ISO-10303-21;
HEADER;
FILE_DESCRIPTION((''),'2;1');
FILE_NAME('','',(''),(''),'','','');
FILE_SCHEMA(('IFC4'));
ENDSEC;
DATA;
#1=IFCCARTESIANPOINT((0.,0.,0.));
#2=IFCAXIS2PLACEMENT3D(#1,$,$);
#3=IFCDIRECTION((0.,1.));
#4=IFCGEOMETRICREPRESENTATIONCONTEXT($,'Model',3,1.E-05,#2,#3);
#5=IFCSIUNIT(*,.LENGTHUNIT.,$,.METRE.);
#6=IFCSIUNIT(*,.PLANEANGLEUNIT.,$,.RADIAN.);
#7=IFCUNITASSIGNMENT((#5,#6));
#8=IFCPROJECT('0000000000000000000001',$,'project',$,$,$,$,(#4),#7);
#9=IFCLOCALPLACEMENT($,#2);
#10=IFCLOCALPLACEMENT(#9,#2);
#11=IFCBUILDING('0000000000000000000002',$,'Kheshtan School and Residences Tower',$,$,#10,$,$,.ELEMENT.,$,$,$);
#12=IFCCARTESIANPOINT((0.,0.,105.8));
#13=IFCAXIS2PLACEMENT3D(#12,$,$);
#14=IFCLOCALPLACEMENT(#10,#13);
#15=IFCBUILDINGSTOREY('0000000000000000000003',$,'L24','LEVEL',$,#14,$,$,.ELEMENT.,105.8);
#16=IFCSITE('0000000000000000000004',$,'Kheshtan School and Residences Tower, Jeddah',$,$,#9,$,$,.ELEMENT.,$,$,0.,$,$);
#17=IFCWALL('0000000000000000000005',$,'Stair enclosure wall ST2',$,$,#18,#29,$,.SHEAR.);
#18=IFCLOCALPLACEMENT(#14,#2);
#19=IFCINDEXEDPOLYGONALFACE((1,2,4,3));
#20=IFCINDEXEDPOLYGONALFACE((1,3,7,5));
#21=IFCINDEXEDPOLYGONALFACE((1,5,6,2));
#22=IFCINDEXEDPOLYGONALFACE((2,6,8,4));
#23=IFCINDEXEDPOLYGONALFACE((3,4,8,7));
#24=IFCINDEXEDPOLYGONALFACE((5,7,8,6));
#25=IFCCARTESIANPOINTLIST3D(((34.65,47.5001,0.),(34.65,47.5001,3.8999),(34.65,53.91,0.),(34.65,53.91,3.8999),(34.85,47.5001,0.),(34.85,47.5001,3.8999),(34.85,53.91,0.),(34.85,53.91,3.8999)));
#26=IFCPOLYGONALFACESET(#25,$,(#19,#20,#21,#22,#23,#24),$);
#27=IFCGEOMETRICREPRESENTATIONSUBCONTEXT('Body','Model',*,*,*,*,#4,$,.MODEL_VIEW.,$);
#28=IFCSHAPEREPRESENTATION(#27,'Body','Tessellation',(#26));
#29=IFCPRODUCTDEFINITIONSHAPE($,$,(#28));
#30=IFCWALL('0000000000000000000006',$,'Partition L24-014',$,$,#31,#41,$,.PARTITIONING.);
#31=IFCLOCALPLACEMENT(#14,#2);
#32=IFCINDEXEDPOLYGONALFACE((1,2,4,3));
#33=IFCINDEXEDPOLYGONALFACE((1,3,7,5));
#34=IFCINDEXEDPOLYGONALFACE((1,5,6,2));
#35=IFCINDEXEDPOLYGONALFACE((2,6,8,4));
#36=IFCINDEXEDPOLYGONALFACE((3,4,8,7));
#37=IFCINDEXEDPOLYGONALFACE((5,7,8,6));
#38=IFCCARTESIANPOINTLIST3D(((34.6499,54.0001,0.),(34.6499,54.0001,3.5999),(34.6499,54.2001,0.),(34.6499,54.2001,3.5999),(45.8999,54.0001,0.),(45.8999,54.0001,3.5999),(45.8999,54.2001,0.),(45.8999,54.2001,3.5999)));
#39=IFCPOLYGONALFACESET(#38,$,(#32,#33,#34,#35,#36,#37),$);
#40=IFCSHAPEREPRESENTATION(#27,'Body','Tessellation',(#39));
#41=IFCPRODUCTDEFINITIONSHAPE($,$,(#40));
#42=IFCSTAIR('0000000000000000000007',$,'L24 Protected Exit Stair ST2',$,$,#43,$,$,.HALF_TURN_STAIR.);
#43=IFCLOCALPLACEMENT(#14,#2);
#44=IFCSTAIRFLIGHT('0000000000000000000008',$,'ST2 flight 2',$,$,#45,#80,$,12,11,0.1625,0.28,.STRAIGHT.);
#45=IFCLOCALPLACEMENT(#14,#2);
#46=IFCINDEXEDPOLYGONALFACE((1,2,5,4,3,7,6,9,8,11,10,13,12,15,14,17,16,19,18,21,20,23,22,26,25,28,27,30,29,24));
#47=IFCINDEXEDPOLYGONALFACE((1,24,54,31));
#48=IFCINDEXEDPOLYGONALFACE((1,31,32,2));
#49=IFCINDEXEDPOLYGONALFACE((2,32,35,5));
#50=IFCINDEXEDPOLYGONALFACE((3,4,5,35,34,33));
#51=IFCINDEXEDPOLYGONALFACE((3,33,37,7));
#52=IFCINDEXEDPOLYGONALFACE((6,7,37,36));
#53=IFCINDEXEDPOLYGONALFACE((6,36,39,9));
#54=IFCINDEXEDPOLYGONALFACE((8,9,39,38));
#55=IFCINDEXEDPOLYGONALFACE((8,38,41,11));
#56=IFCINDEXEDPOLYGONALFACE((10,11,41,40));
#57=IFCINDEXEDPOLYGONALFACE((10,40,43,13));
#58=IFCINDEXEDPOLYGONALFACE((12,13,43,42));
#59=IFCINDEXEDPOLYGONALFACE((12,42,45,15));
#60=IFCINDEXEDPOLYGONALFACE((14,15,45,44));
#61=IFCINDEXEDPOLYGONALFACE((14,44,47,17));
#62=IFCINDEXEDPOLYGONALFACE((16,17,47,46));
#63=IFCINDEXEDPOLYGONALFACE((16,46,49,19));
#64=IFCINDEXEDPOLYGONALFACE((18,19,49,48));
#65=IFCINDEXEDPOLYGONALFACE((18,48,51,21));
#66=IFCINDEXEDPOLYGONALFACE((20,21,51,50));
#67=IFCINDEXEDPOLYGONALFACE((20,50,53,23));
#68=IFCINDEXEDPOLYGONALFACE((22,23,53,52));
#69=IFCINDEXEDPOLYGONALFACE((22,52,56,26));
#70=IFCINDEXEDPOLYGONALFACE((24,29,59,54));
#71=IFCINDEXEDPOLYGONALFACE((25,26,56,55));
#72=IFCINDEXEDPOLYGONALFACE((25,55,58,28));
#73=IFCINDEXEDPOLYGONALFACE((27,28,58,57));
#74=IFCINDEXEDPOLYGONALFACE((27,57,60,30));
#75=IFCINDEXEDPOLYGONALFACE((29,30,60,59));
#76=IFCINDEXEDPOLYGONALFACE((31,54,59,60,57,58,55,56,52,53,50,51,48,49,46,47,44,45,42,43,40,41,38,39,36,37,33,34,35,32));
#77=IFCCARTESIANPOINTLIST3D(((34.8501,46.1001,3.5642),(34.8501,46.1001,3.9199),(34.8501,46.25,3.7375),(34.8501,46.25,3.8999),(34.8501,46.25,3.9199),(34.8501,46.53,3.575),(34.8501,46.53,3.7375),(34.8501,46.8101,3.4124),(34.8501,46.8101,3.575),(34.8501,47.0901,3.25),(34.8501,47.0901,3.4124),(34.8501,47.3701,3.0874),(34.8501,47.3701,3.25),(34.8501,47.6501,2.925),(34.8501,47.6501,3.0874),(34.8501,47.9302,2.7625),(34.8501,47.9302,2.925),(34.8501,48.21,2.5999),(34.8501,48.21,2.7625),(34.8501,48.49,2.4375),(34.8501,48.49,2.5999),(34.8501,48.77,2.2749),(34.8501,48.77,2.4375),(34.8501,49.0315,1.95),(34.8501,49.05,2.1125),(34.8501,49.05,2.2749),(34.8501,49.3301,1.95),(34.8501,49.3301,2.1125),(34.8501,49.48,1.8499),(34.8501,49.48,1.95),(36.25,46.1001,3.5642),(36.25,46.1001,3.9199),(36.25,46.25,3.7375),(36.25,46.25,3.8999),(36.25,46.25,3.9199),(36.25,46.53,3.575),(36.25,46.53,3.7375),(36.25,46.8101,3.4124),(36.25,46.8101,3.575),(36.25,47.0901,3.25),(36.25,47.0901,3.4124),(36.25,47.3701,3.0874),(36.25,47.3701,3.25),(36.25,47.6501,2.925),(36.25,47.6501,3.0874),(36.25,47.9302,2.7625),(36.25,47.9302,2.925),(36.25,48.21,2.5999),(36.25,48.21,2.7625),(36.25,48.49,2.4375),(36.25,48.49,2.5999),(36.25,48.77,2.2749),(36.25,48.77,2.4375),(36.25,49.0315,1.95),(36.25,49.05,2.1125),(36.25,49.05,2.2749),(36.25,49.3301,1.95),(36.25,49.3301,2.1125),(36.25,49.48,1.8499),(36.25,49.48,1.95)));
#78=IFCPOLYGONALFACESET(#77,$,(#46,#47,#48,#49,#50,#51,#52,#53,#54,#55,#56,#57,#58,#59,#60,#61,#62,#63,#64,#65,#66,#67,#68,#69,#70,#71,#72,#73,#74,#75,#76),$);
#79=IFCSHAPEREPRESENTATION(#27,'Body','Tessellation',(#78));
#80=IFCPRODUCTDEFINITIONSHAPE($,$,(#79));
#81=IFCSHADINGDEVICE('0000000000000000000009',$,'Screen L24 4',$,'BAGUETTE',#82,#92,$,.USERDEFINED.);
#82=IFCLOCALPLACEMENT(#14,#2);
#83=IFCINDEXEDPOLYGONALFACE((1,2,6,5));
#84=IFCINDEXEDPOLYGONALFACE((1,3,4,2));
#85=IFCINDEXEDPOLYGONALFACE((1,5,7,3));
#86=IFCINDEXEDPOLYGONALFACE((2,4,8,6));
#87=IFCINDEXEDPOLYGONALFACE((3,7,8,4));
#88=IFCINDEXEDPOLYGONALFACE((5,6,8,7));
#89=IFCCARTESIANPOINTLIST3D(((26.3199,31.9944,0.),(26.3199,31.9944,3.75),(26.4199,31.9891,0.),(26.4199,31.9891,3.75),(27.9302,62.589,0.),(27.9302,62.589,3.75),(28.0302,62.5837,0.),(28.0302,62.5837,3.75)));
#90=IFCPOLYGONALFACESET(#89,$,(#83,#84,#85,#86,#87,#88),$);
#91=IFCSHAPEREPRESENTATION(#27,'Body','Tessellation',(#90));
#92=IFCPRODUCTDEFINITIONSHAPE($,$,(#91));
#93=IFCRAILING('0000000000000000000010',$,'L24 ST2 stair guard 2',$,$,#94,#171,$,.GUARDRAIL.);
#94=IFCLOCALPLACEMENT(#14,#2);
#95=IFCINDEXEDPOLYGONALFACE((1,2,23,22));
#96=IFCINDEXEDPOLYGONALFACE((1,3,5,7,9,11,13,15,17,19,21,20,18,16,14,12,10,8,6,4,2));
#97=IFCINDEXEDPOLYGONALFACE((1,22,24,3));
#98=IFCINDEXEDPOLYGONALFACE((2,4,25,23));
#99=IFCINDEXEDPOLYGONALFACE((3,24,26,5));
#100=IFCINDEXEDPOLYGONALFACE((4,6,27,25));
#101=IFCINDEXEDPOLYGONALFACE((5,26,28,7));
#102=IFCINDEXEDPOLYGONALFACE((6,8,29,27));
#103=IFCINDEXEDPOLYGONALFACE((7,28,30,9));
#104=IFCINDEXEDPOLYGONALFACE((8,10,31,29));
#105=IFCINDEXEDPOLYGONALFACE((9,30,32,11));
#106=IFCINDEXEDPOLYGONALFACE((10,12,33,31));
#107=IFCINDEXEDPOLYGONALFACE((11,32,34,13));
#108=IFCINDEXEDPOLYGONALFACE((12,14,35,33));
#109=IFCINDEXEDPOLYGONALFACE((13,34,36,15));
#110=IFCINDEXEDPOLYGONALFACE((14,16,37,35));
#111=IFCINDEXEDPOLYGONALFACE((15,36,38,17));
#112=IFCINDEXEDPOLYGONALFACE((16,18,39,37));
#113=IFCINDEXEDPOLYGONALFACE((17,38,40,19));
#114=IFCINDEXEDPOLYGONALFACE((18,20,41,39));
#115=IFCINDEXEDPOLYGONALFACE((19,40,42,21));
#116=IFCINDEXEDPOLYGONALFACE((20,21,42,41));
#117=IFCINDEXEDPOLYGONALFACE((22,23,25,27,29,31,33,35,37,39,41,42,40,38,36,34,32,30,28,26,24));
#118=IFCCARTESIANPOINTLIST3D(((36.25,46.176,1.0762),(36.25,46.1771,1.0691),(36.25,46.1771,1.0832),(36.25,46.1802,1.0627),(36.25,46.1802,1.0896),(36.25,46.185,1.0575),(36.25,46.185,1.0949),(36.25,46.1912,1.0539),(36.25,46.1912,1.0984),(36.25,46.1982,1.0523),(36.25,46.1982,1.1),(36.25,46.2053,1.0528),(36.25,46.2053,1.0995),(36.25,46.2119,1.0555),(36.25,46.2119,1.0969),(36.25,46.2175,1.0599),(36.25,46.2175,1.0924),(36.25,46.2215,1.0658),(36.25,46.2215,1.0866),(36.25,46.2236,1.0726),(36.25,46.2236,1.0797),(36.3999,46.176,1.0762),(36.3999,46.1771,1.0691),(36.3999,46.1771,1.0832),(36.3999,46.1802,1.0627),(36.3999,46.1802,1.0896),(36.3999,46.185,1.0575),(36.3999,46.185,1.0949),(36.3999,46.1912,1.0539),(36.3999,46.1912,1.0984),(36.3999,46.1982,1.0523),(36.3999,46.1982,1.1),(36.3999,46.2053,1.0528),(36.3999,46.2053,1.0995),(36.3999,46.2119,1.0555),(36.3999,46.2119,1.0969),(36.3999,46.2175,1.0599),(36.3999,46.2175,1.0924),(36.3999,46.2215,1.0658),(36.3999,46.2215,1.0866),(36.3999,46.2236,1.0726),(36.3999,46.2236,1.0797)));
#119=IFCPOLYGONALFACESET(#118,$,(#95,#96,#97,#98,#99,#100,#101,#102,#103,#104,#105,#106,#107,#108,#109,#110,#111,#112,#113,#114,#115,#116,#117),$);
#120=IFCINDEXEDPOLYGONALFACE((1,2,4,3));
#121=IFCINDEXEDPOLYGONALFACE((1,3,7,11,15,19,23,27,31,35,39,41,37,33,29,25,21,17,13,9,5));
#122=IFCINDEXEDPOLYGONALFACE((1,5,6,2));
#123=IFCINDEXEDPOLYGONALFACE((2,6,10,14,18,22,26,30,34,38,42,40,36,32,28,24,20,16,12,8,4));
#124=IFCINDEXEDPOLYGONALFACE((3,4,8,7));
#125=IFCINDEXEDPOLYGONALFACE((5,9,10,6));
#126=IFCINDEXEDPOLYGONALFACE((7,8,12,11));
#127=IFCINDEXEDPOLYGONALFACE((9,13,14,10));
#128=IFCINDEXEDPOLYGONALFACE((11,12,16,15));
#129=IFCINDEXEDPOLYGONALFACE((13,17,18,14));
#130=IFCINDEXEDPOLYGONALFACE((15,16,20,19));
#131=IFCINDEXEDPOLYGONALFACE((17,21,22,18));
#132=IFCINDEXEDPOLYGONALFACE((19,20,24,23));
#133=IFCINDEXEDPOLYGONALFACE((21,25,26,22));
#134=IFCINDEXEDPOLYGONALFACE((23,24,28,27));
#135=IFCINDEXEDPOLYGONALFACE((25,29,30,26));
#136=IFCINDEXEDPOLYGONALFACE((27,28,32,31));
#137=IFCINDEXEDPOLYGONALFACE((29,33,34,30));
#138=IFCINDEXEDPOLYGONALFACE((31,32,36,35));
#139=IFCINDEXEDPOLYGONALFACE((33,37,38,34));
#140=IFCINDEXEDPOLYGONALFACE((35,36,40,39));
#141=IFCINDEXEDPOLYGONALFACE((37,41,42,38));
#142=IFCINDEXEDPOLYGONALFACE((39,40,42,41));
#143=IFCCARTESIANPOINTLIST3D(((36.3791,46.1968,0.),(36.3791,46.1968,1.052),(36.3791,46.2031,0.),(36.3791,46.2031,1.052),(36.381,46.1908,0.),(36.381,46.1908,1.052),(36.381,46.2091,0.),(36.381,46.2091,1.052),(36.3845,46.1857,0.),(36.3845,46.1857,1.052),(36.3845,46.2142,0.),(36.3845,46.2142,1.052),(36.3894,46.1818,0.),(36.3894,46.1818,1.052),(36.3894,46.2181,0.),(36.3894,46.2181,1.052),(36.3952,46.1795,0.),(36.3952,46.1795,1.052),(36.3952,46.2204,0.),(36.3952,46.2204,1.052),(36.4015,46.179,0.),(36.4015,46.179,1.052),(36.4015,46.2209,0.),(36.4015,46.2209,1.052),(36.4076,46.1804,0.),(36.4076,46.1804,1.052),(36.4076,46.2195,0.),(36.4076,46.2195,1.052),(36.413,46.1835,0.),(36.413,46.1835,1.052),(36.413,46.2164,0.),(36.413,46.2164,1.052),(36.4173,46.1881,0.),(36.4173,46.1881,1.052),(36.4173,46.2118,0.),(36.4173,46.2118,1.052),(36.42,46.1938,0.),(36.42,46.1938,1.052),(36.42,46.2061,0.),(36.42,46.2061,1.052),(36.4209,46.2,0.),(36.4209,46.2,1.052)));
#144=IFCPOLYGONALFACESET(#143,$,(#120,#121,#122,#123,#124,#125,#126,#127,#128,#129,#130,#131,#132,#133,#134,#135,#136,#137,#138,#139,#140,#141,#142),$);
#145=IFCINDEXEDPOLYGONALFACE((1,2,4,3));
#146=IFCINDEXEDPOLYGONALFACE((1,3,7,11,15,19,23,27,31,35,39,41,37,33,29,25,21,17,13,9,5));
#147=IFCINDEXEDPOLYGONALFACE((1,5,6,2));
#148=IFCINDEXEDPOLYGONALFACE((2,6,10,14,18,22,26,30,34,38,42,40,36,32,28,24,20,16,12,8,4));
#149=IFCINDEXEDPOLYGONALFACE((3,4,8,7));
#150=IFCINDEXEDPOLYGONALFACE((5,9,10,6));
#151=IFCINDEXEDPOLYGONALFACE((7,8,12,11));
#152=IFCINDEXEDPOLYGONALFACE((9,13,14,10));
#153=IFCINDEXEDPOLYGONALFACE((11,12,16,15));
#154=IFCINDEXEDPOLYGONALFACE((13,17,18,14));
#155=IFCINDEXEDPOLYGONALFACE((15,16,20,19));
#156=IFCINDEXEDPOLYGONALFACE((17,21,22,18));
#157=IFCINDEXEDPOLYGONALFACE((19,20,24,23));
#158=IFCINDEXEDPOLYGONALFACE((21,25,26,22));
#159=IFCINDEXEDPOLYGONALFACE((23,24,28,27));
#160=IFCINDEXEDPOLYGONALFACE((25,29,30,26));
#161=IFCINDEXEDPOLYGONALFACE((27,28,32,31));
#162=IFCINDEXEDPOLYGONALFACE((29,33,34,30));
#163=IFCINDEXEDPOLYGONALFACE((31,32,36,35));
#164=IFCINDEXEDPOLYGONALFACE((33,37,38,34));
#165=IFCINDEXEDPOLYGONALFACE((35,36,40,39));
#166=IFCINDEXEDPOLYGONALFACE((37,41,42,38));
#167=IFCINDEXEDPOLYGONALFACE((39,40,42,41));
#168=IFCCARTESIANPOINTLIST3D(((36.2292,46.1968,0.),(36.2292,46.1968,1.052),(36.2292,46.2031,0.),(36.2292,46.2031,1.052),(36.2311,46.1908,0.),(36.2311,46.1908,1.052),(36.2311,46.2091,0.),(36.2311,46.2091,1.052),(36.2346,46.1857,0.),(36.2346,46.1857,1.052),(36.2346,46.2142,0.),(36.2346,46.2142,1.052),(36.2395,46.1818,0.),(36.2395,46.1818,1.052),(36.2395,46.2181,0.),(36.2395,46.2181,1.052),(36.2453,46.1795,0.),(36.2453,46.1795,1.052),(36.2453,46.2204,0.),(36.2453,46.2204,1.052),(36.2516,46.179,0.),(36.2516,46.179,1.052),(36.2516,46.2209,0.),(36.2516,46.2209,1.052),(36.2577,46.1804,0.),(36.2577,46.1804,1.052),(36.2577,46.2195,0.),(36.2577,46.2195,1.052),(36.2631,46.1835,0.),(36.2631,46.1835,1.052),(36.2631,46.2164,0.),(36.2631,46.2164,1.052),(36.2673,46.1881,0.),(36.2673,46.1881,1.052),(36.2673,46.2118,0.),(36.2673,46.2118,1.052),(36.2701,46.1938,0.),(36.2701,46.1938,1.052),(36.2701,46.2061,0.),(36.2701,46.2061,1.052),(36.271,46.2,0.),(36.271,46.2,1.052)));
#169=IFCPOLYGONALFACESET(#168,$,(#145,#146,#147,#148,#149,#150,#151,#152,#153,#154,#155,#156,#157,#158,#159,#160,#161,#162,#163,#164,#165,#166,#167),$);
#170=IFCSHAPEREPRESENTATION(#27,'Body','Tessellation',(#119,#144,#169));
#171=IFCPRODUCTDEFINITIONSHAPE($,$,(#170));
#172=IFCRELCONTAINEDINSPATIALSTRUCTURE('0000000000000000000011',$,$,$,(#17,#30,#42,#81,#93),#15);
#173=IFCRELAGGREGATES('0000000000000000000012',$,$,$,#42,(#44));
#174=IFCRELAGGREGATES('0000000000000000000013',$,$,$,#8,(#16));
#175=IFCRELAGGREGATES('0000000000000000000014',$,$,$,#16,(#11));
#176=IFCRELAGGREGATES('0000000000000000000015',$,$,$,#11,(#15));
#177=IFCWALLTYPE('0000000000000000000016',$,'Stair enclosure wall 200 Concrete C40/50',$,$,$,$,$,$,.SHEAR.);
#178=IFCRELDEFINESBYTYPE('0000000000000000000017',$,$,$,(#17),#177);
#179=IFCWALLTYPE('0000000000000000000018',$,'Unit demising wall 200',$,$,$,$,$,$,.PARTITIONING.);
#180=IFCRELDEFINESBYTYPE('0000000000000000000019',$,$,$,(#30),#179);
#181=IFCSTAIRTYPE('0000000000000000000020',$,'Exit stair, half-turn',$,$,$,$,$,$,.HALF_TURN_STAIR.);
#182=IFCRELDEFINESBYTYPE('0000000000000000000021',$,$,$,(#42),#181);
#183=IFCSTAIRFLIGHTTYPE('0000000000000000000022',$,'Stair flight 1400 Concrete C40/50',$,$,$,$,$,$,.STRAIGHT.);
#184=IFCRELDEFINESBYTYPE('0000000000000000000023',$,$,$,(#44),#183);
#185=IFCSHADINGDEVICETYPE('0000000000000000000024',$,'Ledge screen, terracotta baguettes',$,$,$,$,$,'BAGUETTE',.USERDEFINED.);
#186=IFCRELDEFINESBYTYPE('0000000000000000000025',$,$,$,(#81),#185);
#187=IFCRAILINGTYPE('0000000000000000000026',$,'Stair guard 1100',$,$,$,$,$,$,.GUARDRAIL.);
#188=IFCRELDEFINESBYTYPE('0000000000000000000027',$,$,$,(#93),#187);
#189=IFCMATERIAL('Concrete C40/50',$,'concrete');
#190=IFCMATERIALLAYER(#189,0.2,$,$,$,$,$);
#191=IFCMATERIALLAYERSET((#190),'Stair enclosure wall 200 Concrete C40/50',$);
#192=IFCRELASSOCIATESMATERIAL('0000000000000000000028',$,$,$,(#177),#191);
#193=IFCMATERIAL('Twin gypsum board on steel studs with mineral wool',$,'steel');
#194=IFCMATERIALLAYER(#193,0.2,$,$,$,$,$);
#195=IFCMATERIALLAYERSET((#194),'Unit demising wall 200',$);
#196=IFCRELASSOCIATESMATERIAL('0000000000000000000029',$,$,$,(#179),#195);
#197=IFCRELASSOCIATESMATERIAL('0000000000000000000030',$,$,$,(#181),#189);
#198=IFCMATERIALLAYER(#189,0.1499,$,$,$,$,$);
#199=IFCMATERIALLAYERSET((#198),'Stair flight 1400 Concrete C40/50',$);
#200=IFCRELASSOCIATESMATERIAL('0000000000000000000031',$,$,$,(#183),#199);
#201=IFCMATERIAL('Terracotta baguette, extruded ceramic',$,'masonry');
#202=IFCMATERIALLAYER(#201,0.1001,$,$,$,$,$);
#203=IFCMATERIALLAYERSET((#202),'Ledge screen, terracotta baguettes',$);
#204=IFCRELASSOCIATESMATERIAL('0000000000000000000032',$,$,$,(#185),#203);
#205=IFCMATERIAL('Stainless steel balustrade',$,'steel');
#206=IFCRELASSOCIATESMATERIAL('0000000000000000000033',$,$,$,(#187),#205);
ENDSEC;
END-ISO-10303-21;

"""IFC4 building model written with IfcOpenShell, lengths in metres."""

from ifc_helpers import new_model, si_unit, direction, frame, frame_2d, origin, origin_2d, place, context, subcontext, project, spatial, polyline, rectangle, circle, outline, extrude, material, layer, layer_set, type_object, element, aggregate, save


model = new_model("IFC4")

# Units and contexts
model_context = context("Model", 3, precision=1e-05, world=origin(), true_north=direction((0.0, 1.0)))
body_context = subcontext(model_context, "Body", "Model", "MODEL_VIEW")
ifc_project = project(units=[si_unit("LENGTHUNIT", "METRE"), si_unit("PLANEANGLEUNIT", "RADIAN")], contexts=[model_context])

# Site, building, storey
site_placement = place(None, origin())
site = spatial("IfcSite", under=ifc_project, at=site_placement, Name="Kheshtan School and Residences Tower, Jeddah", CompositionType="ELEMENT", RefElevation=0.0)
building_placement = place(site_placement, origin())
building = spatial("IfcBuilding", under=site, at=building_placement, Name="Kheshtan School and Residences Tower", CompositionType="ELEMENT")
storey_placement = place(building_placement, frame((0.0, 0.0, 105.8)))
storey = spatial("IfcBuildingStorey", under=building, at=storey_placement, Name="L24", Description="LEVEL", CompositionType="ELEMENT", Elevation=105.8)

# Walls
ifc_material_1 = material(Name="Concrete C40/50", Category="concrete")
ifc_layer_1 = layer(ifc_material_1, 0.2)
ifc_layer_set_1 = layer_set([ifc_layer_1], Name="Stair enclosure wall 200 Concrete C40/50")
wall_type_1 = type_object("IfcWallType", Name="Stair enclosure wall 200 Concrete C40/50", PredefinedType="SHEAR", material=ifc_layer_set_1)
wall_1_placement = place(storey_placement, frame((34.75, 47.5, 0.0), z_axis=(0.0, 0.0, 1.0), x_axis=(0.0, 1.0, 0.0)))
element("IfcWall", 1, at=wall_1_placement, inside=storey, type_object=wall_type_1, Name="Stair enclosure wall ST2", PredefinedType="SHEAR", context=body_context, shape_type="SweptSolid", body=[
    extrude(rectangle(XDim=6.4099, YDim=0.2, at=frame_2d((3.2051, 0.0))), origin(), (0.0, 0.0, 1.0), 3.8999),
])
ifc_material_2 = material(Name="Twin gypsum board on steel studs with mineral wool", Category="steel")
ifc_layer_2 = layer(ifc_material_2, 0.2)
ifc_layer_set_2 = layer_set([ifc_layer_2], Name="Unit demising wall 200")
wall_type_2 = type_object("IfcWallType", Name="Unit demising wall 200", PredefinedType="PARTITIONING", material=ifc_layer_set_2)
wall_2_placement = place(storey_placement, frame((34.6499, 54.1001, 0.0), z_axis=(0.0, 0.0, 1.0), x_axis=(1.0, 0.0, 0.0)))
element("IfcWall", 2, at=wall_2_placement, inside=storey, type_object=wall_type_2, Name="Partition L24-014", PredefinedType="PARTITIONING", context=body_context, shape_type="SweptSolid", body=[
    extrude(rectangle(XDim=11.25, YDim=0.2, at=frame_2d((5.625, 0.0))), origin(), (0.0, 0.0, 1.0), 3.5999),
])

# Stair, stair flight
stair_type = type_object("IfcStairType", Name="Exit stair, half-turn", PredefinedType="HALF_TURN_STAIR", material=ifc_material_1)
stair_placement = place(storey_placement, origin())
stair = element("IfcStair", 3, at=stair_placement, inside=storey, type_object=stair_type, Name="L24 Protected Exit Stair ST2", PredefinedType="HALF_TURN_STAIR")
ifc_layer_3 = layer(ifc_material_1, 0.1499)
ifc_layer_set_3 = layer_set([ifc_layer_3], Name="Stair flight 1400 Concrete C40/50")
stair_flight_type = type_object("IfcStairFlightType", Name="Stair flight 1400 Concrete C40/50", PredefinedType="STRAIGHT", material=ifc_layer_set_3)
stair_flight_placement = place(storey_placement, frame((35.55, 49.3301, 1.95), z_axis=(0.0, 0.0, 1.0), x_axis=(0.0, -1.0, 0.0)))
stair_flight = element("IfcStairFlight", 4, at=stair_flight_placement, type_object=stair_flight_type, Name="ST2 flight 2", NumberOfRisers=12, NumberOfTreads=11, PredefinedType="STRAIGHT", RiserHeight=0.1625, TreadLength=0.28, context=body_context, shape_type="SweptSolid", body=[
    extrude(outline(polyline([(-0.1499, -0.1001), (-0.1499, 0.0), (0.0, 0.0), (0.0, 0.1626), (0.28, 0.1626), (0.28, 0.325), (0.5601, 0.325), (0.5601, 0.4875), (0.8401, 0.4875), (0.8401, 0.6499), (1.1201, 0.6499), (1.1201, 0.8125), (1.3999, 0.8125), (1.3999, 0.9751), (1.6799, 0.9751), (1.6799, 1.1375), (1.96, 1.1375), (1.96, 1.3), (2.24, 1.3), (2.24, 1.4624), (2.52, 1.4624), (2.52, 1.625), (2.8, 1.625), (2.8, 1.7876), (3.0801, 1.7876), (3.0801, 1.95), (3.0801, 1.97), (3.23, 1.97), (3.23, 1.6143), (0.2986, 0.0), (-0.1499, -0.1001)])), frame((0.0, 0.7, 0.0), z_axis=(0.0, -1.0, 0.0), x_axis=(1.0, 0.0, 0.0)), (0.0, 0.0, 1.0), 1.3999),
])
aggregate(stair, [stair_flight])

# Shading device
ifc_material_3 = material(Name="Terracotta baguette, extruded ceramic", Category="masonry")
ifc_layer_4 = layer(ifc_material_3, 0.1001)
ifc_layer_set_4 = layer_set([ifc_layer_4], Name="Ledge screen, terracotta baguettes")
shading_device_type = type_object("IfcShadingDeviceType", Name="Ledge screen, terracotta baguettes", ElementType="BAGUETTE", PredefinedType="USERDEFINED", material=ifc_layer_set_4)
shading_device_placement = place(storey_placement, frame((27.175, 47.2891, 0.0), z_axis=(0.0, 0.0, 1.0), x_axis=(0.052563, 0.998618, 0.0)))
element("IfcShadingDevice", 5, at=shading_device_placement, inside=storey, type_object=shading_device_type, Name="Screen L24 4", ObjectType="BAGUETTE", PredefinedType="USERDEFINED", context=body_context, shape_type="SweptSolid", body=[
    extrude(rectangle(XDim=30.637, YDim=0.1001, at=origin_2d()), origin(), (0.0, 0.0, 1.0), 3.75),
])

# Railing
ifc_material_4 = material(Name="Stainless steel balustrade", Category="steel")
railing_type_1 = type_object("IfcRailingType", Name="Stair guard 1100", PredefinedType="GUARDRAIL", material=ifc_material_4)
railing_1_placement = place(storey_placement, frame((36.3999, 46.2, 0.0)))
element("IfcRailing", 6, at=railing_1_placement, inside=storey, type_object=railing_type_1, Name="L24 ST2 stair guard 2", PredefinedType="GUARDRAIL", context=body_context, shape_type="SweptSolid", body=[
    extrude(circle(Radius=0.0239, at=origin_2d()), frame((0.0, 0.0, 1.0762), z_axis=(-1.0, 0.0, 0.0), x_axis=(0.0, -1.0, 0.0)), (0.0, 0.0, 1.0), 0.1499),
    extrude(circle(Radius=0.021, at=origin_2d()), origin(), (0.0, 0.0, 1.0), 1.052),
    extrude(circle(Radius=0.021, at=origin_2d()), frame((-0.1499, 0.0, 0.0)), (0.0, 0.0, 1.0), 1.052),
])

save(model, "model.ifc")
